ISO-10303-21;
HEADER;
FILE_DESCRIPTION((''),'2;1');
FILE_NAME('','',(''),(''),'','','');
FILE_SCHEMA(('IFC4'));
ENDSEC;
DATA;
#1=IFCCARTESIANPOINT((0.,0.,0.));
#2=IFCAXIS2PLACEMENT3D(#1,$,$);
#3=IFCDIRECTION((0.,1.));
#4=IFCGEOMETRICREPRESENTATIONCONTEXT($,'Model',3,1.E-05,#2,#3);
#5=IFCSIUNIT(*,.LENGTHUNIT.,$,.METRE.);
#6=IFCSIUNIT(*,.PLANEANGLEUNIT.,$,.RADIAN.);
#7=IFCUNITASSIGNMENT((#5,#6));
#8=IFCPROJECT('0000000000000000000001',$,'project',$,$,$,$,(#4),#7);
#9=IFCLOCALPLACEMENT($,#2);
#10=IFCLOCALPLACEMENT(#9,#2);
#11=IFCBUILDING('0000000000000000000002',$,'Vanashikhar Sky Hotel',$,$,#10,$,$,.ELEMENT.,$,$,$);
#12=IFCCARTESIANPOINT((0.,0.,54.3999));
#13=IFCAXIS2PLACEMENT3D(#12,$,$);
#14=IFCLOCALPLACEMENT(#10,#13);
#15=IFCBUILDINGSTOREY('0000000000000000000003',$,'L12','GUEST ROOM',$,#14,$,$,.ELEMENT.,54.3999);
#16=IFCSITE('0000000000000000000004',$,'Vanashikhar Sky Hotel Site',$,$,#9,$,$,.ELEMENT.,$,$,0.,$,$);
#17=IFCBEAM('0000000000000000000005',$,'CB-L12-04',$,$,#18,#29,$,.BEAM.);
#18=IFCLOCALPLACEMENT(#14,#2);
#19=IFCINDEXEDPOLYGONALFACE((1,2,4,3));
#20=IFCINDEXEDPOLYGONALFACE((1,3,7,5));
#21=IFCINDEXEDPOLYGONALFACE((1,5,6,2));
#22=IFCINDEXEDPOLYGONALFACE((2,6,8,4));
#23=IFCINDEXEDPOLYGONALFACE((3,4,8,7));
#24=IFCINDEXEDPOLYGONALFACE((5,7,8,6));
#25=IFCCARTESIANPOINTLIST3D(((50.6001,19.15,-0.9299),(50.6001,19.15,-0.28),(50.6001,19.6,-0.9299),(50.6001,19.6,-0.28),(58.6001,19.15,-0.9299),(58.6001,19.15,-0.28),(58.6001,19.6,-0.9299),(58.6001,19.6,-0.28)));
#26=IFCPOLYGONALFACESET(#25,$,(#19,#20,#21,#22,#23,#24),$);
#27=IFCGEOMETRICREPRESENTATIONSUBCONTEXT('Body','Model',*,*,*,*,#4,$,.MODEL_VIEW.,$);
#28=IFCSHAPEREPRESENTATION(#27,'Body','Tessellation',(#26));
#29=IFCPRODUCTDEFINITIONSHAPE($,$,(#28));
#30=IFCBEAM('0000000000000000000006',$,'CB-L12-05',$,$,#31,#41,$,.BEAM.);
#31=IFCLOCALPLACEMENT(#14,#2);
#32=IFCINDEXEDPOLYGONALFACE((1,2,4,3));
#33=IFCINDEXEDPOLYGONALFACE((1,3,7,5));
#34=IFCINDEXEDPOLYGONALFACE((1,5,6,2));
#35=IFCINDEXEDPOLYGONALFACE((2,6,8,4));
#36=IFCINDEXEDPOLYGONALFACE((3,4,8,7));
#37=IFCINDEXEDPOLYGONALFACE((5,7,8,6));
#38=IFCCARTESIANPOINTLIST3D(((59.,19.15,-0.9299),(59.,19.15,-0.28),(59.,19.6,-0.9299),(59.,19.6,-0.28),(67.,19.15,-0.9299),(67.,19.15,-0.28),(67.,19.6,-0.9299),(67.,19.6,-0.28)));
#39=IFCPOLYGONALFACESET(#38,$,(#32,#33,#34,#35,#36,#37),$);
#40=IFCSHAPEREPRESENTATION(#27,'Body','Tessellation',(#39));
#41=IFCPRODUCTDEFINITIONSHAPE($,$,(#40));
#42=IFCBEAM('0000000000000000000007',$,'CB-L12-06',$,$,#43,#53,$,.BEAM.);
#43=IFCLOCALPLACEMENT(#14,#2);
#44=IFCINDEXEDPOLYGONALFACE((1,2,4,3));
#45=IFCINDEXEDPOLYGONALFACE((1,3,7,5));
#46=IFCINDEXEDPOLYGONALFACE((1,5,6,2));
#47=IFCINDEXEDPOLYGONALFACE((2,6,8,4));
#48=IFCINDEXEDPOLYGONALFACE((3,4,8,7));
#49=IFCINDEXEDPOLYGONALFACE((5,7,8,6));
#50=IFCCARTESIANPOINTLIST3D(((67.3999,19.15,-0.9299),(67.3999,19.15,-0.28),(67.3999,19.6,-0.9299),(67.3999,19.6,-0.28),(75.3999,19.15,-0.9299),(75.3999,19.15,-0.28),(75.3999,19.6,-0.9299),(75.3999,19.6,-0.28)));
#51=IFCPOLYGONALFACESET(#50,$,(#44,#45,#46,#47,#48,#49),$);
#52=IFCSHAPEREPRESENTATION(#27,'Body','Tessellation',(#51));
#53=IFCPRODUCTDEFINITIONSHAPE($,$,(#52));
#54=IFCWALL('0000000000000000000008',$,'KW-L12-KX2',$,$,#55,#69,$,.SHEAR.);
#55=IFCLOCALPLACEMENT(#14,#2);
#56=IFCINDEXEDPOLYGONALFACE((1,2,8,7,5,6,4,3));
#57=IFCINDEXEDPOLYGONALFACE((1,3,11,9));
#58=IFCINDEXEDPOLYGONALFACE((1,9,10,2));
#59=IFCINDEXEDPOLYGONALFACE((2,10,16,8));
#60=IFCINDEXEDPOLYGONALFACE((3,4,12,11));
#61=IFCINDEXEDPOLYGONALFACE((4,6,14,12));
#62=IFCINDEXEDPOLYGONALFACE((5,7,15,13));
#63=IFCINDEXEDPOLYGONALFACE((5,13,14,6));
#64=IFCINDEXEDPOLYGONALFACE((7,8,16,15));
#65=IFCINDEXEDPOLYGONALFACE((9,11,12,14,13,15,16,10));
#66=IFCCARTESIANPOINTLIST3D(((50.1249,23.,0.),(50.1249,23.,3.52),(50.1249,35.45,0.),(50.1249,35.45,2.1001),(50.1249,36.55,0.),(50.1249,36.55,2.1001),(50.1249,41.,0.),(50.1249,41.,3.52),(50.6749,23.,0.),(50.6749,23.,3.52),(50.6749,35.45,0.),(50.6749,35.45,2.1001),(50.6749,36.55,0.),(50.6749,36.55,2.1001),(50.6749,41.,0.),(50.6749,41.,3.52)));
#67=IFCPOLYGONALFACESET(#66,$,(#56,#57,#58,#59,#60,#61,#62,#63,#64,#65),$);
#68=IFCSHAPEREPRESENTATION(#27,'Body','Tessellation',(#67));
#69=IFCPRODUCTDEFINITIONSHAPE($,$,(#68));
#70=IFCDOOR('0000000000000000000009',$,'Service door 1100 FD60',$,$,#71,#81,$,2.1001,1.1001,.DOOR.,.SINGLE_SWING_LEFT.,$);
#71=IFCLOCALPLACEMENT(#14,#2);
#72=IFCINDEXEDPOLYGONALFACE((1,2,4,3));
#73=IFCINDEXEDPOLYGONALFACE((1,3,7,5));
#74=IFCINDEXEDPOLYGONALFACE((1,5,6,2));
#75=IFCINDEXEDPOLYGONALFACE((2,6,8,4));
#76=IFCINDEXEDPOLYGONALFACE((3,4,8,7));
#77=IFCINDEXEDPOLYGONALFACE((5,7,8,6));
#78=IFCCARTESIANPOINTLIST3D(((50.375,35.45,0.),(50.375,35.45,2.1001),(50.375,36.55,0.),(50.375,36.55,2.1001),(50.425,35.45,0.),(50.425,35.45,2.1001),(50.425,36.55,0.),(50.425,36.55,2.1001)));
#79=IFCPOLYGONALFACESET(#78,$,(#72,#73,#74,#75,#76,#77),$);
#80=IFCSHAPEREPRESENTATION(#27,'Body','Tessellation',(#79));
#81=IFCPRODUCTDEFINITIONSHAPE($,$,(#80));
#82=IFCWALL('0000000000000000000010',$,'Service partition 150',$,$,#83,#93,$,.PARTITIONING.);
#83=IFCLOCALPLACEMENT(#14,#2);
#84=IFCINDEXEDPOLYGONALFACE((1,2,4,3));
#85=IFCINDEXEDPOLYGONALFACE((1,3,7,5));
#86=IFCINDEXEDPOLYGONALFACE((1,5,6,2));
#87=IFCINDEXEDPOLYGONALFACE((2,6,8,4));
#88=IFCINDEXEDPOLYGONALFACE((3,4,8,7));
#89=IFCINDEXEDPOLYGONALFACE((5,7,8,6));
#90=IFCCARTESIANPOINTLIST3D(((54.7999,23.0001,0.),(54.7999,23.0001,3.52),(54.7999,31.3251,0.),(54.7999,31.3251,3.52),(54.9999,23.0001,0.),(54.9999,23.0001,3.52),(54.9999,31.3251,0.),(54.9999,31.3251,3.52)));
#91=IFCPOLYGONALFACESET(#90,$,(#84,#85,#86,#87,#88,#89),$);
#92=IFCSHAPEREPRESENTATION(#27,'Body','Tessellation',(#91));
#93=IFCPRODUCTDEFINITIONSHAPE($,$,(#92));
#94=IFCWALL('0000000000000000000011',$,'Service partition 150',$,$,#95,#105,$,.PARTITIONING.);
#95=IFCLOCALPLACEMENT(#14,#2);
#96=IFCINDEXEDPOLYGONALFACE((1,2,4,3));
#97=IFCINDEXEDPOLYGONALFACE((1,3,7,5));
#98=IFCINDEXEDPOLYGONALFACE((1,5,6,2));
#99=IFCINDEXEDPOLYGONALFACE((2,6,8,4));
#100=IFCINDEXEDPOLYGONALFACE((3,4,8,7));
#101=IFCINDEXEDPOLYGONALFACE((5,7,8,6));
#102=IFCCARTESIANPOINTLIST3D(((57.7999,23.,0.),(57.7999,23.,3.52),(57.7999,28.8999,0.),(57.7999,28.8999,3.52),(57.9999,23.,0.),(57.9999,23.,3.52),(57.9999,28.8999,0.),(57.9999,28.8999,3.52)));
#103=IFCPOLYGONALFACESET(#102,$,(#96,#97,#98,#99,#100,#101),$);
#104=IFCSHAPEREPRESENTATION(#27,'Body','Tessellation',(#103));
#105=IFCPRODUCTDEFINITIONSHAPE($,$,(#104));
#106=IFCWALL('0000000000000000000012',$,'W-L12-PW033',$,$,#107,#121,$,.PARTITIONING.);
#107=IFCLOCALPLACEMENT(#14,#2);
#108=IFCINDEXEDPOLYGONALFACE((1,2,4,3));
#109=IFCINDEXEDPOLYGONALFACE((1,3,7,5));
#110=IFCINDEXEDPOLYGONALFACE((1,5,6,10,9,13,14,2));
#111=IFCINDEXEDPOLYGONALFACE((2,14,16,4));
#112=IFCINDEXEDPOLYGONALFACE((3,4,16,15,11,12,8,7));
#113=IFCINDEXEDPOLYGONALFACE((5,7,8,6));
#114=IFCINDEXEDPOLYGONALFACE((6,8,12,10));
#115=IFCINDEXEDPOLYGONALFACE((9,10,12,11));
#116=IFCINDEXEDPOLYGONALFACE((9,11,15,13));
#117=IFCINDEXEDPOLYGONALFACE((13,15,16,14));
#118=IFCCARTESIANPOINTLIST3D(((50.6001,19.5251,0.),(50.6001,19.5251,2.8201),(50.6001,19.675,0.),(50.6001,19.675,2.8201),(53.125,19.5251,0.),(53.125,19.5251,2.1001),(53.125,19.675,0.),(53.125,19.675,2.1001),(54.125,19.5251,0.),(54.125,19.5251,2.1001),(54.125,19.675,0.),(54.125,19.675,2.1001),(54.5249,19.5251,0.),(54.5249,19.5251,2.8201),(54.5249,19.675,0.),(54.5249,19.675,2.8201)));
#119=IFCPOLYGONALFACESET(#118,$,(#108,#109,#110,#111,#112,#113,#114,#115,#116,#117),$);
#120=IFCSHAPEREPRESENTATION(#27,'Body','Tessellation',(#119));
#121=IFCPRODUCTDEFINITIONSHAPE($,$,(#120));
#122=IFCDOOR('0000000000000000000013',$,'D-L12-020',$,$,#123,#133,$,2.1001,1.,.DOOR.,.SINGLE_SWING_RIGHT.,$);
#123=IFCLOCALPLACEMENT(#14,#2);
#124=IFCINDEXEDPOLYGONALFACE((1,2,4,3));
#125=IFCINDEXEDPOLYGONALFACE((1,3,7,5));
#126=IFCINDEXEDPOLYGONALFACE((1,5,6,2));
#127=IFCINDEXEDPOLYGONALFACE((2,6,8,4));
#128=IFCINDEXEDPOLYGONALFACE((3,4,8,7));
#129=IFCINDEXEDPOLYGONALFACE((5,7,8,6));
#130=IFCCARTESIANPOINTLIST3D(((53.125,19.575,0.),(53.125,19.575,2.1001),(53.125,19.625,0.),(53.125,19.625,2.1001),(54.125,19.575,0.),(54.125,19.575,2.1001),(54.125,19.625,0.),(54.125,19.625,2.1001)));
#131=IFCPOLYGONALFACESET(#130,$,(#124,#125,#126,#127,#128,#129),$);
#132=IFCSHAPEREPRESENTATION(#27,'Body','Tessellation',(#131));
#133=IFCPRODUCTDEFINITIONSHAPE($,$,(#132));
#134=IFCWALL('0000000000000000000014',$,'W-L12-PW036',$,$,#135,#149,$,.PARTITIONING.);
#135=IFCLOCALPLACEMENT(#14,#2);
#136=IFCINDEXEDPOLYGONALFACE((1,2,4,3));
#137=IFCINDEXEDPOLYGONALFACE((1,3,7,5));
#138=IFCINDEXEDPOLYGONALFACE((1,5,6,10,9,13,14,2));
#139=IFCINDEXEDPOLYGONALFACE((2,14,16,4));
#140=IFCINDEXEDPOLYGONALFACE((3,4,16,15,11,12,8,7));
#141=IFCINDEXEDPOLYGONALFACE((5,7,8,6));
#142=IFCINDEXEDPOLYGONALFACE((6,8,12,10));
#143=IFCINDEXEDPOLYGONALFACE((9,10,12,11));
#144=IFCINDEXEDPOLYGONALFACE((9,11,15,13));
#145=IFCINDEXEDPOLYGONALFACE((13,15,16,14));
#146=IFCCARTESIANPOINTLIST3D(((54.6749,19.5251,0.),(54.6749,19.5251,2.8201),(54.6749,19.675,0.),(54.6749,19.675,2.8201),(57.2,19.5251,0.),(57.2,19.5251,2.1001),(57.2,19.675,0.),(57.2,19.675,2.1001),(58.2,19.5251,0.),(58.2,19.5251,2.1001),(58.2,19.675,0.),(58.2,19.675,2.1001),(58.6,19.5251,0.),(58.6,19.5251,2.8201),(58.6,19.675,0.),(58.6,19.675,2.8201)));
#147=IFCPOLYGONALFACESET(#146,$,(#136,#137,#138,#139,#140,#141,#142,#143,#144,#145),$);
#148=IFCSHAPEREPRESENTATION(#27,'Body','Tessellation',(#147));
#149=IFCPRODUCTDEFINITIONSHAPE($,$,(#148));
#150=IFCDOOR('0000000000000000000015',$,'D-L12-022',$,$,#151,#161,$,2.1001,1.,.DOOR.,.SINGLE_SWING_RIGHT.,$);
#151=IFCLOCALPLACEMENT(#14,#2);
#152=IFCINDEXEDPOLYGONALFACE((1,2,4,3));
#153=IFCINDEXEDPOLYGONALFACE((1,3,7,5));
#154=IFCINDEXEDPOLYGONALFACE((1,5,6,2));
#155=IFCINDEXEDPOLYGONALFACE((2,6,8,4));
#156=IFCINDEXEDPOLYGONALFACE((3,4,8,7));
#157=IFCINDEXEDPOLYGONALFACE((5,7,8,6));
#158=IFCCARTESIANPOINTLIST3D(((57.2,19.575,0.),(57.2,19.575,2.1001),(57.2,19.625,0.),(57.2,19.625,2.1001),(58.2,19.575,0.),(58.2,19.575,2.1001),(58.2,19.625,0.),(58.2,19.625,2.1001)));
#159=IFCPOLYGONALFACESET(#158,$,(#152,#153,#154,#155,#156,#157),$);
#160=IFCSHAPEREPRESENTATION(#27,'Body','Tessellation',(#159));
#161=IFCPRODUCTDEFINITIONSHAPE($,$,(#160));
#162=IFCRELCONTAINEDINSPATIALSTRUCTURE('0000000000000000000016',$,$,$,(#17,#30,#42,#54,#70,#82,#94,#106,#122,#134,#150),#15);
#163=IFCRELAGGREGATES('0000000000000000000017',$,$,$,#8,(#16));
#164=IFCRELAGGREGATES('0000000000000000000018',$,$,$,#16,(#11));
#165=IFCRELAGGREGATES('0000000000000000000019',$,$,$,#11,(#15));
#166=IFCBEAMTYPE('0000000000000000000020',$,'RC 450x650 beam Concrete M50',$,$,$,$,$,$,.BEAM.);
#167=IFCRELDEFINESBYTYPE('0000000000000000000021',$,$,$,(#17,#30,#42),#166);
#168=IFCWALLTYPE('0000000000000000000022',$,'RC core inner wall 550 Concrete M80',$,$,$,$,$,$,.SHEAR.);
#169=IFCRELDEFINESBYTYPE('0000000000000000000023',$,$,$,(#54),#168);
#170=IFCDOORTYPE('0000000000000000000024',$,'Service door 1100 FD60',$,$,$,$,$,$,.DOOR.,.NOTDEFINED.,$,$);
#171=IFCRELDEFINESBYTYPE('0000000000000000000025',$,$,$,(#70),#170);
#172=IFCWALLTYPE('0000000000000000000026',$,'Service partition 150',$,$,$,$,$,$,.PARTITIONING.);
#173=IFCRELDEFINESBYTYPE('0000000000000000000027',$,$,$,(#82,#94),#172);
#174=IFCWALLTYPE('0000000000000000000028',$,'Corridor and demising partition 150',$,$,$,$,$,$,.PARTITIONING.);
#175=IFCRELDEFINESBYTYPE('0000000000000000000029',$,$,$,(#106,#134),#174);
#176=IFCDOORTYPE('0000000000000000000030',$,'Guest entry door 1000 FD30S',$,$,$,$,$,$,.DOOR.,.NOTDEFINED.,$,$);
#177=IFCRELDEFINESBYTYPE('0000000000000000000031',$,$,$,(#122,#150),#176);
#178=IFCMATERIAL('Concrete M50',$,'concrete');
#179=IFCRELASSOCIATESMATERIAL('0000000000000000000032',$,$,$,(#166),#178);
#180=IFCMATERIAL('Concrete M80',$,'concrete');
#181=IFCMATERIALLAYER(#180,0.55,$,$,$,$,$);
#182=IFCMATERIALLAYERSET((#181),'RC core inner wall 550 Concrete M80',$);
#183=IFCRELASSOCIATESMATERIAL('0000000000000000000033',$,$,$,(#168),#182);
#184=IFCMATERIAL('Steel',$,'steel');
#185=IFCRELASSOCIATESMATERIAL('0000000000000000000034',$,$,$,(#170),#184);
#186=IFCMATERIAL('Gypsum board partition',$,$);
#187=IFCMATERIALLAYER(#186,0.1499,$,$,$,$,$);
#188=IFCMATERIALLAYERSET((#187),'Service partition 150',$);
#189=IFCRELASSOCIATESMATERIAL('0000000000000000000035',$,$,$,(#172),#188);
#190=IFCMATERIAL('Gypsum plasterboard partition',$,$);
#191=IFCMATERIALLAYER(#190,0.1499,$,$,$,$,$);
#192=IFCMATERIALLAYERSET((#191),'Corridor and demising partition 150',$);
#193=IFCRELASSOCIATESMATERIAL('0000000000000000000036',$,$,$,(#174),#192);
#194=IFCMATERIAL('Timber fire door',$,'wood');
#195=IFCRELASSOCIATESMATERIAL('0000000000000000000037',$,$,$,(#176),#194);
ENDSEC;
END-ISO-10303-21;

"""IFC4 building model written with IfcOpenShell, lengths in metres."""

from ifc_helpers import new_model, si_unit, direction, frame, frame_2d, origin, origin_2d, place, context, subcontext, project, spatial, rectangle, extrude, source, transform, mapped, material, layer, layer_set, material_profile, profile_set, type_object, element, fill, save


model = new_model("IFC4")

# Units and contexts
model_context = context("Model", 3, precision=1e-05, world=origin(), true_north=direction((0.0, 1.0)))
body_context = subcontext(model_context, "Body", "Model", "MODEL_VIEW")
ifc_project = project(units=[si_unit("LENGTHUNIT", "METRE"), si_unit("PLANEANGLEUNIT", "RADIAN")], contexts=[model_context])

# Site, building, storey
site_placement = place(None, origin())
site = spatial("IfcSite", under=ifc_project, at=site_placement, Name="Vanashikhar Sky Hotel Site", CompositionType="ELEMENT", RefElevation=0.0)
building_placement = place(site_placement, origin())
building = spatial("IfcBuilding", under=site, at=building_placement, Name="Vanashikhar Sky Hotel", CompositionType="ELEMENT")
storey_placement = place(building_placement, frame((0.0, 0.0, 54.3999)))
storey = spatial("IfcBuildingStorey", under=building, at=storey_placement, Name="L12", Description="GUEST ROOM", CompositionType="ELEMENT", Elevation=54.3999)

# Beams
ifc_material_1 = material(Name="Concrete M50", Category="concrete")
ifc_material_profile = material_profile(ifc_material_1, rectangle(XDim=0.45, YDim=0.6499, at=origin_2d()))
ifc_profile_set = profile_set([ifc_material_profile], Name="RC 450x650 beam Concrete M50")
beam_type = type_object("IfcBeamType", Name="RC 450x650 beam Concrete M50", PredefinedType="BEAM", material=ifc_profile_set)
shared_shape_1 = source(origin(), body_context, "Body", "SweptSolid", [
    extrude(rectangle(XDim=0.45, YDim=0.6499, at=origin_2d()), origin(), (0.0, 0.0, 1.0), 8.0),
])
for number, where, z_axis, x_axis, name in (
    (1, (50.6001, 19.375, -0.605), (1.0, 0.0, 0.0), (0.0, 1.0, 0.0), "CB-L12-04"),
    (2, (59.0, 19.375, -0.605), (1.0, 0.0, 0.0), (0.0, 1.0, 0.0), "CB-L12-05"),
    (3, (67.3999, 19.375, -0.605), (1.0, 0.0, 0.0), (0.0, 1.0, 0.0), "CB-L12-06"),
):
    element("IfcBeam", number, at=place(storey_placement, frame(where, z_axis=z_axis, x_axis=x_axis)), inside=storey, type_object=beam_type, Name=name, PredefinedType="BEAM", context=body_context, shape_type="MappedRepresentation", body=[
        mapped(shared_shape_1, transform((0.0, 0.0, 0.0), scale=1.0)),
    ])

# Wall, opening, door
ifc_material_2 = material(Name="Concrete M80", Category="concrete")
ifc_layer_1 = layer(ifc_material_2, 0.55)
ifc_layer_set_1 = layer_set([ifc_layer_1], Name="RC core inner wall 550 Concrete M80")
wall_type_1 = type_object("IfcWallType", Name="RC core inner wall 550 Concrete M80", PredefinedType="SHEAR", material=ifc_layer_set_1)
shared_shape_2 = source(origin(), body_context, "Body", "SweptSolid", [
    extrude(rectangle(XDim=18.0, YDim=0.55, at=frame_2d((9.0, 0.0))), origin(), (0.0, 0.0, 1.0), 3.52),
])
wall_1_placement = place(storey_placement, frame((50.3999, 23.0, 0.0), z_axis=(0.0, 0.0, 1.0), x_axis=(0.0, 1.0, 0.0)))
wall_1 = element("IfcWall", 4, at=wall_1_placement, inside=storey, type_object=wall_type_1, Name="KW-L12-KX2", PredefinedType="SHEAR", context=body_context, shape_type="MappedRepresentation", body=[
    mapped(shared_shape_2, transform((0.0, 0.0, 0.0), scale=1.0)),
])
shared_shape_3 = source(origin(), body_context, "Body", "SweptSolid", [
    extrude(rectangle(XDim=1.1001, YDim=2.1001, at=frame_2d((0.55, 1.05))), frame((0.0, 0.2852, 0.0), z_axis=(0.0, -1.0, 0.0), x_axis=(1.0, 0.0, 0.0)), (0.0, 0.0, 1.0), 0.5701),
])
opening_1_placement = place(wall_1_placement, frame((12.45, 0.0, 0.0)))
opening_1 = element("IfcOpeningElement", 5, at=opening_1_placement, cuts=wall_1, PredefinedType="OPENING", context=body_context, shape_type="MappedRepresentation", body=[
    mapped(shared_shape_3, transform((0.0, 0.0, 0.0), scale=1.0)),
])
ifc_material_3 = material(Name="Steel", Category="steel")
door_type_1 = type_object("IfcDoorType", Name="Service door 1100 FD60", OperationType="NOTDEFINED", PredefinedType="DOOR", material=ifc_material_3)
shared_shape_4 = source(origin(), body_context, "Body", "SweptSolid", [
    extrude(rectangle(XDim=1.1001, YDim=2.1001, at=frame_2d((0.55, 1.05))), frame((0.0, 0.0249, 0.0), z_axis=(0.0, -1.0, 0.0), x_axis=(1.0, 0.0, 0.0)), (0.0, 0.0, 1.0), 0.05),
])
door_1_placement = place(opening_1_placement, origin())
door_1 = element("IfcDoor", 6, at=door_1_placement, inside=storey, type_object=door_type_1, Name="Service door 1100 FD60", OperationType="SINGLE_SWING_LEFT", OverallHeight=2.1001, OverallWidth=1.1001, PredefinedType="DOOR", context=body_context, shape_type="MappedRepresentation", body=[
    mapped(shared_shape_4, transform((0.0, 0.0, 0.0), scale=1.0)),
])
fill(opening_1, door_1)

# Walls
ifc_material_4 = material(Name="Gypsum board partition")
ifc_layer_2 = layer(ifc_material_4, 0.1499)
ifc_layer_set_2 = layer_set([ifc_layer_2], Name="Service partition 150")
wall_type_2 = type_object("IfcWallType", Name="Service partition 150", PredefinedType="PARTITIONING", material=ifc_layer_set_2)
shared_shape_5 = source(origin(), body_context, "Body", "SweptSolid", [
    extrude(rectangle(XDim=8.325, YDim=0.2, at=frame_2d((4.1626, 0.0))), origin(), (0.0, 0.0, 1.0), 3.52),
])
wall_2_placement = place(storey_placement, frame((54.8999, 23.0, 0.0), z_axis=(0.0, 0.0, 1.0), x_axis=(0.0, 1.0, 0.0)))
element("IfcWall", 7, at=wall_2_placement, inside=storey, type_object=wall_type_2, Name="Service partition 150", PredefinedType="PARTITIONING", context=body_context, shape_type="MappedRepresentation", body=[
    mapped(shared_shape_5, transform((0.0, 0.0, 0.0), scale=1.0)),
])
shared_shape_6 = source(origin(), body_context, "Body", "SweptSolid", [
    extrude(rectangle(XDim=5.8999, YDim=0.2, at=frame_2d((2.95, 0.0))), origin(), (0.0, 0.0, 1.0), 3.52),
])
wall_3_placement = place(storey_placement, frame((57.8999, 23.0, 0.0), z_axis=(0.0, 0.0, 1.0), x_axis=(0.0, 1.0, 0.0)))
element("IfcWall", 8, at=wall_3_placement, inside=storey, type_object=wall_type_2, Name="Service partition 150", PredefinedType="PARTITIONING", context=body_context, shape_type="MappedRepresentation", body=[
    mapped(shared_shape_6, transform((0.0, 0.0, 0.0), scale=1.0)),
])

# Walls, openings, doors
ifc_material_5 = material(Name="Gypsum plasterboard partition")
ifc_layer_3 = layer(ifc_material_5, 0.1499)
ifc_layer_set_3 = layer_set([ifc_layer_3], Name="Corridor and demising partition 150")
wall_type_3 = type_object("IfcWallType", Name="Corridor and demising partition 150", PredefinedType="PARTITIONING", material=ifc_layer_set_3)
shared_shape_7 = source(origin(), body_context, "Body", "SweptSolid", [
    extrude(rectangle(XDim=3.9248, YDim=0.1499, at=frame_2d((1.9624, 0.0))), origin(), (0.0, 0.0, 1.0), 2.8201),
])
wall_4_placement = place(storey_placement, frame((50.6001, 19.6001, 0.0), z_axis=(0.0, 0.0, 1.0), x_axis=(1.0, 0.0, 0.0)))
wall_4 = element("IfcWall", 9, at=wall_4_placement, inside=storey, type_object=wall_type_3, Name="W-L12-PW033", PredefinedType="PARTITIONING", context=body_context, shape_type="MappedRepresentation", body=[
    mapped(shared_shape_7, transform((0.0, 0.0, 0.0), scale=1.0)),
])
shared_shape_8 = source(origin(), body_context, "Body", "SweptSolid", [
    extrude(rectangle(XDim=1.0, YDim=2.1001, at=frame_2d((0.5, 1.05))), frame((0.0, 0.085, 0.0), z_axis=(0.0, -1.0, 0.0), x_axis=(1.0, 0.0, 0.0)), (0.0, 0.0, 1.0), 0.1699),
])
opening_2_placement = place(wall_4_placement, frame((2.5249, 0.0, 0.0)))
opening_2 = element("IfcOpeningElement", 10, at=opening_2_placement, cuts=wall_4, PredefinedType="OPENING", context=body_context, shape_type="MappedRepresentation", body=[
    mapped(shared_shape_8, transform((0.0, 0.0, 0.0), scale=1.0)),
])
ifc_material_6 = material(Name="Timber fire door", Category="wood")
door_type_2 = type_object("IfcDoorType", Name="Guest entry door 1000 FD30S", OperationType="NOTDEFINED", PredefinedType="DOOR", material=ifc_material_6)
shared_shape_9 = source(origin(), body_context, "Body", "SweptSolid", [
    extrude(rectangle(XDim=1.0, YDim=2.1001, at=frame_2d((0.5, 1.05))), frame((0.0, 0.0249, 0.0), z_axis=(0.0, -1.0, 0.0), x_axis=(1.0, 0.0, 0.0)), (0.0, 0.0, 1.0), 0.05),
])
door_2_placement = place(opening_2_placement, origin())
door_2 = element("IfcDoor", 11, at=door_2_placement, inside=storey, type_object=door_type_2, Name="D-L12-020", OperationType="SINGLE_SWING_RIGHT", OverallHeight=2.1001, OverallWidth=1.0, PredefinedType="DOOR", context=body_context, shape_type="MappedRepresentation", body=[
    mapped(shared_shape_9, transform((0.0, 0.0, 0.0), scale=1.0)),
])
fill(opening_2, door_2)
shared_shape_10 = source(origin(), body_context, "Body", "SweptSolid", [
    extrude(rectangle(XDim=3.925, YDim=0.1499, at=frame_2d((1.9624, 0.0))), origin(), (0.0, 0.0, 1.0), 2.8201),
])
wall_5_placement = place(storey_placement, frame((54.675, 19.6001, 0.0), z_axis=(0.0, 0.0, 1.0), x_axis=(1.0, 0.0, 0.0)))
wall_5 = element("IfcWall", 12, at=wall_5_placement, inside=storey, type_object=wall_type_3, Name="W-L12-PW036", PredefinedType="PARTITIONING", context=body_context, shape_type="MappedRepresentation", body=[
    mapped(shared_shape_10, transform((0.0, 0.0, 0.0), scale=1.0)),
])
opening_3_placement = place(wall_5_placement, frame((2.5249, 0.0, 0.0)))
opening_3 = element("IfcOpeningElement", 13, at=opening_3_placement, cuts=wall_5, PredefinedType="OPENING", context=body_context, shape_type="MappedRepresentation", body=[
    mapped(shared_shape_8, transform((0.0, 0.0, 0.0), scale=1.0)),
])
door_3_placement = place(opening_3_placement, origin())
door_3 = element("IfcDoor", 14, at=door_3_placement, inside=storey, type_object=door_type_2, Name="D-L12-022", OperationType="SINGLE_SWING_RIGHT", OverallHeight=2.1001, OverallWidth=1.0, PredefinedType="DOOR", context=body_context, shape_type="MappedRepresentation", body=[
    mapped(shared_shape_9, transform((0.0, 0.0, 0.0), scale=1.0)),
])
fill(opening_3, door_3)

save(model, "model.ifc")
